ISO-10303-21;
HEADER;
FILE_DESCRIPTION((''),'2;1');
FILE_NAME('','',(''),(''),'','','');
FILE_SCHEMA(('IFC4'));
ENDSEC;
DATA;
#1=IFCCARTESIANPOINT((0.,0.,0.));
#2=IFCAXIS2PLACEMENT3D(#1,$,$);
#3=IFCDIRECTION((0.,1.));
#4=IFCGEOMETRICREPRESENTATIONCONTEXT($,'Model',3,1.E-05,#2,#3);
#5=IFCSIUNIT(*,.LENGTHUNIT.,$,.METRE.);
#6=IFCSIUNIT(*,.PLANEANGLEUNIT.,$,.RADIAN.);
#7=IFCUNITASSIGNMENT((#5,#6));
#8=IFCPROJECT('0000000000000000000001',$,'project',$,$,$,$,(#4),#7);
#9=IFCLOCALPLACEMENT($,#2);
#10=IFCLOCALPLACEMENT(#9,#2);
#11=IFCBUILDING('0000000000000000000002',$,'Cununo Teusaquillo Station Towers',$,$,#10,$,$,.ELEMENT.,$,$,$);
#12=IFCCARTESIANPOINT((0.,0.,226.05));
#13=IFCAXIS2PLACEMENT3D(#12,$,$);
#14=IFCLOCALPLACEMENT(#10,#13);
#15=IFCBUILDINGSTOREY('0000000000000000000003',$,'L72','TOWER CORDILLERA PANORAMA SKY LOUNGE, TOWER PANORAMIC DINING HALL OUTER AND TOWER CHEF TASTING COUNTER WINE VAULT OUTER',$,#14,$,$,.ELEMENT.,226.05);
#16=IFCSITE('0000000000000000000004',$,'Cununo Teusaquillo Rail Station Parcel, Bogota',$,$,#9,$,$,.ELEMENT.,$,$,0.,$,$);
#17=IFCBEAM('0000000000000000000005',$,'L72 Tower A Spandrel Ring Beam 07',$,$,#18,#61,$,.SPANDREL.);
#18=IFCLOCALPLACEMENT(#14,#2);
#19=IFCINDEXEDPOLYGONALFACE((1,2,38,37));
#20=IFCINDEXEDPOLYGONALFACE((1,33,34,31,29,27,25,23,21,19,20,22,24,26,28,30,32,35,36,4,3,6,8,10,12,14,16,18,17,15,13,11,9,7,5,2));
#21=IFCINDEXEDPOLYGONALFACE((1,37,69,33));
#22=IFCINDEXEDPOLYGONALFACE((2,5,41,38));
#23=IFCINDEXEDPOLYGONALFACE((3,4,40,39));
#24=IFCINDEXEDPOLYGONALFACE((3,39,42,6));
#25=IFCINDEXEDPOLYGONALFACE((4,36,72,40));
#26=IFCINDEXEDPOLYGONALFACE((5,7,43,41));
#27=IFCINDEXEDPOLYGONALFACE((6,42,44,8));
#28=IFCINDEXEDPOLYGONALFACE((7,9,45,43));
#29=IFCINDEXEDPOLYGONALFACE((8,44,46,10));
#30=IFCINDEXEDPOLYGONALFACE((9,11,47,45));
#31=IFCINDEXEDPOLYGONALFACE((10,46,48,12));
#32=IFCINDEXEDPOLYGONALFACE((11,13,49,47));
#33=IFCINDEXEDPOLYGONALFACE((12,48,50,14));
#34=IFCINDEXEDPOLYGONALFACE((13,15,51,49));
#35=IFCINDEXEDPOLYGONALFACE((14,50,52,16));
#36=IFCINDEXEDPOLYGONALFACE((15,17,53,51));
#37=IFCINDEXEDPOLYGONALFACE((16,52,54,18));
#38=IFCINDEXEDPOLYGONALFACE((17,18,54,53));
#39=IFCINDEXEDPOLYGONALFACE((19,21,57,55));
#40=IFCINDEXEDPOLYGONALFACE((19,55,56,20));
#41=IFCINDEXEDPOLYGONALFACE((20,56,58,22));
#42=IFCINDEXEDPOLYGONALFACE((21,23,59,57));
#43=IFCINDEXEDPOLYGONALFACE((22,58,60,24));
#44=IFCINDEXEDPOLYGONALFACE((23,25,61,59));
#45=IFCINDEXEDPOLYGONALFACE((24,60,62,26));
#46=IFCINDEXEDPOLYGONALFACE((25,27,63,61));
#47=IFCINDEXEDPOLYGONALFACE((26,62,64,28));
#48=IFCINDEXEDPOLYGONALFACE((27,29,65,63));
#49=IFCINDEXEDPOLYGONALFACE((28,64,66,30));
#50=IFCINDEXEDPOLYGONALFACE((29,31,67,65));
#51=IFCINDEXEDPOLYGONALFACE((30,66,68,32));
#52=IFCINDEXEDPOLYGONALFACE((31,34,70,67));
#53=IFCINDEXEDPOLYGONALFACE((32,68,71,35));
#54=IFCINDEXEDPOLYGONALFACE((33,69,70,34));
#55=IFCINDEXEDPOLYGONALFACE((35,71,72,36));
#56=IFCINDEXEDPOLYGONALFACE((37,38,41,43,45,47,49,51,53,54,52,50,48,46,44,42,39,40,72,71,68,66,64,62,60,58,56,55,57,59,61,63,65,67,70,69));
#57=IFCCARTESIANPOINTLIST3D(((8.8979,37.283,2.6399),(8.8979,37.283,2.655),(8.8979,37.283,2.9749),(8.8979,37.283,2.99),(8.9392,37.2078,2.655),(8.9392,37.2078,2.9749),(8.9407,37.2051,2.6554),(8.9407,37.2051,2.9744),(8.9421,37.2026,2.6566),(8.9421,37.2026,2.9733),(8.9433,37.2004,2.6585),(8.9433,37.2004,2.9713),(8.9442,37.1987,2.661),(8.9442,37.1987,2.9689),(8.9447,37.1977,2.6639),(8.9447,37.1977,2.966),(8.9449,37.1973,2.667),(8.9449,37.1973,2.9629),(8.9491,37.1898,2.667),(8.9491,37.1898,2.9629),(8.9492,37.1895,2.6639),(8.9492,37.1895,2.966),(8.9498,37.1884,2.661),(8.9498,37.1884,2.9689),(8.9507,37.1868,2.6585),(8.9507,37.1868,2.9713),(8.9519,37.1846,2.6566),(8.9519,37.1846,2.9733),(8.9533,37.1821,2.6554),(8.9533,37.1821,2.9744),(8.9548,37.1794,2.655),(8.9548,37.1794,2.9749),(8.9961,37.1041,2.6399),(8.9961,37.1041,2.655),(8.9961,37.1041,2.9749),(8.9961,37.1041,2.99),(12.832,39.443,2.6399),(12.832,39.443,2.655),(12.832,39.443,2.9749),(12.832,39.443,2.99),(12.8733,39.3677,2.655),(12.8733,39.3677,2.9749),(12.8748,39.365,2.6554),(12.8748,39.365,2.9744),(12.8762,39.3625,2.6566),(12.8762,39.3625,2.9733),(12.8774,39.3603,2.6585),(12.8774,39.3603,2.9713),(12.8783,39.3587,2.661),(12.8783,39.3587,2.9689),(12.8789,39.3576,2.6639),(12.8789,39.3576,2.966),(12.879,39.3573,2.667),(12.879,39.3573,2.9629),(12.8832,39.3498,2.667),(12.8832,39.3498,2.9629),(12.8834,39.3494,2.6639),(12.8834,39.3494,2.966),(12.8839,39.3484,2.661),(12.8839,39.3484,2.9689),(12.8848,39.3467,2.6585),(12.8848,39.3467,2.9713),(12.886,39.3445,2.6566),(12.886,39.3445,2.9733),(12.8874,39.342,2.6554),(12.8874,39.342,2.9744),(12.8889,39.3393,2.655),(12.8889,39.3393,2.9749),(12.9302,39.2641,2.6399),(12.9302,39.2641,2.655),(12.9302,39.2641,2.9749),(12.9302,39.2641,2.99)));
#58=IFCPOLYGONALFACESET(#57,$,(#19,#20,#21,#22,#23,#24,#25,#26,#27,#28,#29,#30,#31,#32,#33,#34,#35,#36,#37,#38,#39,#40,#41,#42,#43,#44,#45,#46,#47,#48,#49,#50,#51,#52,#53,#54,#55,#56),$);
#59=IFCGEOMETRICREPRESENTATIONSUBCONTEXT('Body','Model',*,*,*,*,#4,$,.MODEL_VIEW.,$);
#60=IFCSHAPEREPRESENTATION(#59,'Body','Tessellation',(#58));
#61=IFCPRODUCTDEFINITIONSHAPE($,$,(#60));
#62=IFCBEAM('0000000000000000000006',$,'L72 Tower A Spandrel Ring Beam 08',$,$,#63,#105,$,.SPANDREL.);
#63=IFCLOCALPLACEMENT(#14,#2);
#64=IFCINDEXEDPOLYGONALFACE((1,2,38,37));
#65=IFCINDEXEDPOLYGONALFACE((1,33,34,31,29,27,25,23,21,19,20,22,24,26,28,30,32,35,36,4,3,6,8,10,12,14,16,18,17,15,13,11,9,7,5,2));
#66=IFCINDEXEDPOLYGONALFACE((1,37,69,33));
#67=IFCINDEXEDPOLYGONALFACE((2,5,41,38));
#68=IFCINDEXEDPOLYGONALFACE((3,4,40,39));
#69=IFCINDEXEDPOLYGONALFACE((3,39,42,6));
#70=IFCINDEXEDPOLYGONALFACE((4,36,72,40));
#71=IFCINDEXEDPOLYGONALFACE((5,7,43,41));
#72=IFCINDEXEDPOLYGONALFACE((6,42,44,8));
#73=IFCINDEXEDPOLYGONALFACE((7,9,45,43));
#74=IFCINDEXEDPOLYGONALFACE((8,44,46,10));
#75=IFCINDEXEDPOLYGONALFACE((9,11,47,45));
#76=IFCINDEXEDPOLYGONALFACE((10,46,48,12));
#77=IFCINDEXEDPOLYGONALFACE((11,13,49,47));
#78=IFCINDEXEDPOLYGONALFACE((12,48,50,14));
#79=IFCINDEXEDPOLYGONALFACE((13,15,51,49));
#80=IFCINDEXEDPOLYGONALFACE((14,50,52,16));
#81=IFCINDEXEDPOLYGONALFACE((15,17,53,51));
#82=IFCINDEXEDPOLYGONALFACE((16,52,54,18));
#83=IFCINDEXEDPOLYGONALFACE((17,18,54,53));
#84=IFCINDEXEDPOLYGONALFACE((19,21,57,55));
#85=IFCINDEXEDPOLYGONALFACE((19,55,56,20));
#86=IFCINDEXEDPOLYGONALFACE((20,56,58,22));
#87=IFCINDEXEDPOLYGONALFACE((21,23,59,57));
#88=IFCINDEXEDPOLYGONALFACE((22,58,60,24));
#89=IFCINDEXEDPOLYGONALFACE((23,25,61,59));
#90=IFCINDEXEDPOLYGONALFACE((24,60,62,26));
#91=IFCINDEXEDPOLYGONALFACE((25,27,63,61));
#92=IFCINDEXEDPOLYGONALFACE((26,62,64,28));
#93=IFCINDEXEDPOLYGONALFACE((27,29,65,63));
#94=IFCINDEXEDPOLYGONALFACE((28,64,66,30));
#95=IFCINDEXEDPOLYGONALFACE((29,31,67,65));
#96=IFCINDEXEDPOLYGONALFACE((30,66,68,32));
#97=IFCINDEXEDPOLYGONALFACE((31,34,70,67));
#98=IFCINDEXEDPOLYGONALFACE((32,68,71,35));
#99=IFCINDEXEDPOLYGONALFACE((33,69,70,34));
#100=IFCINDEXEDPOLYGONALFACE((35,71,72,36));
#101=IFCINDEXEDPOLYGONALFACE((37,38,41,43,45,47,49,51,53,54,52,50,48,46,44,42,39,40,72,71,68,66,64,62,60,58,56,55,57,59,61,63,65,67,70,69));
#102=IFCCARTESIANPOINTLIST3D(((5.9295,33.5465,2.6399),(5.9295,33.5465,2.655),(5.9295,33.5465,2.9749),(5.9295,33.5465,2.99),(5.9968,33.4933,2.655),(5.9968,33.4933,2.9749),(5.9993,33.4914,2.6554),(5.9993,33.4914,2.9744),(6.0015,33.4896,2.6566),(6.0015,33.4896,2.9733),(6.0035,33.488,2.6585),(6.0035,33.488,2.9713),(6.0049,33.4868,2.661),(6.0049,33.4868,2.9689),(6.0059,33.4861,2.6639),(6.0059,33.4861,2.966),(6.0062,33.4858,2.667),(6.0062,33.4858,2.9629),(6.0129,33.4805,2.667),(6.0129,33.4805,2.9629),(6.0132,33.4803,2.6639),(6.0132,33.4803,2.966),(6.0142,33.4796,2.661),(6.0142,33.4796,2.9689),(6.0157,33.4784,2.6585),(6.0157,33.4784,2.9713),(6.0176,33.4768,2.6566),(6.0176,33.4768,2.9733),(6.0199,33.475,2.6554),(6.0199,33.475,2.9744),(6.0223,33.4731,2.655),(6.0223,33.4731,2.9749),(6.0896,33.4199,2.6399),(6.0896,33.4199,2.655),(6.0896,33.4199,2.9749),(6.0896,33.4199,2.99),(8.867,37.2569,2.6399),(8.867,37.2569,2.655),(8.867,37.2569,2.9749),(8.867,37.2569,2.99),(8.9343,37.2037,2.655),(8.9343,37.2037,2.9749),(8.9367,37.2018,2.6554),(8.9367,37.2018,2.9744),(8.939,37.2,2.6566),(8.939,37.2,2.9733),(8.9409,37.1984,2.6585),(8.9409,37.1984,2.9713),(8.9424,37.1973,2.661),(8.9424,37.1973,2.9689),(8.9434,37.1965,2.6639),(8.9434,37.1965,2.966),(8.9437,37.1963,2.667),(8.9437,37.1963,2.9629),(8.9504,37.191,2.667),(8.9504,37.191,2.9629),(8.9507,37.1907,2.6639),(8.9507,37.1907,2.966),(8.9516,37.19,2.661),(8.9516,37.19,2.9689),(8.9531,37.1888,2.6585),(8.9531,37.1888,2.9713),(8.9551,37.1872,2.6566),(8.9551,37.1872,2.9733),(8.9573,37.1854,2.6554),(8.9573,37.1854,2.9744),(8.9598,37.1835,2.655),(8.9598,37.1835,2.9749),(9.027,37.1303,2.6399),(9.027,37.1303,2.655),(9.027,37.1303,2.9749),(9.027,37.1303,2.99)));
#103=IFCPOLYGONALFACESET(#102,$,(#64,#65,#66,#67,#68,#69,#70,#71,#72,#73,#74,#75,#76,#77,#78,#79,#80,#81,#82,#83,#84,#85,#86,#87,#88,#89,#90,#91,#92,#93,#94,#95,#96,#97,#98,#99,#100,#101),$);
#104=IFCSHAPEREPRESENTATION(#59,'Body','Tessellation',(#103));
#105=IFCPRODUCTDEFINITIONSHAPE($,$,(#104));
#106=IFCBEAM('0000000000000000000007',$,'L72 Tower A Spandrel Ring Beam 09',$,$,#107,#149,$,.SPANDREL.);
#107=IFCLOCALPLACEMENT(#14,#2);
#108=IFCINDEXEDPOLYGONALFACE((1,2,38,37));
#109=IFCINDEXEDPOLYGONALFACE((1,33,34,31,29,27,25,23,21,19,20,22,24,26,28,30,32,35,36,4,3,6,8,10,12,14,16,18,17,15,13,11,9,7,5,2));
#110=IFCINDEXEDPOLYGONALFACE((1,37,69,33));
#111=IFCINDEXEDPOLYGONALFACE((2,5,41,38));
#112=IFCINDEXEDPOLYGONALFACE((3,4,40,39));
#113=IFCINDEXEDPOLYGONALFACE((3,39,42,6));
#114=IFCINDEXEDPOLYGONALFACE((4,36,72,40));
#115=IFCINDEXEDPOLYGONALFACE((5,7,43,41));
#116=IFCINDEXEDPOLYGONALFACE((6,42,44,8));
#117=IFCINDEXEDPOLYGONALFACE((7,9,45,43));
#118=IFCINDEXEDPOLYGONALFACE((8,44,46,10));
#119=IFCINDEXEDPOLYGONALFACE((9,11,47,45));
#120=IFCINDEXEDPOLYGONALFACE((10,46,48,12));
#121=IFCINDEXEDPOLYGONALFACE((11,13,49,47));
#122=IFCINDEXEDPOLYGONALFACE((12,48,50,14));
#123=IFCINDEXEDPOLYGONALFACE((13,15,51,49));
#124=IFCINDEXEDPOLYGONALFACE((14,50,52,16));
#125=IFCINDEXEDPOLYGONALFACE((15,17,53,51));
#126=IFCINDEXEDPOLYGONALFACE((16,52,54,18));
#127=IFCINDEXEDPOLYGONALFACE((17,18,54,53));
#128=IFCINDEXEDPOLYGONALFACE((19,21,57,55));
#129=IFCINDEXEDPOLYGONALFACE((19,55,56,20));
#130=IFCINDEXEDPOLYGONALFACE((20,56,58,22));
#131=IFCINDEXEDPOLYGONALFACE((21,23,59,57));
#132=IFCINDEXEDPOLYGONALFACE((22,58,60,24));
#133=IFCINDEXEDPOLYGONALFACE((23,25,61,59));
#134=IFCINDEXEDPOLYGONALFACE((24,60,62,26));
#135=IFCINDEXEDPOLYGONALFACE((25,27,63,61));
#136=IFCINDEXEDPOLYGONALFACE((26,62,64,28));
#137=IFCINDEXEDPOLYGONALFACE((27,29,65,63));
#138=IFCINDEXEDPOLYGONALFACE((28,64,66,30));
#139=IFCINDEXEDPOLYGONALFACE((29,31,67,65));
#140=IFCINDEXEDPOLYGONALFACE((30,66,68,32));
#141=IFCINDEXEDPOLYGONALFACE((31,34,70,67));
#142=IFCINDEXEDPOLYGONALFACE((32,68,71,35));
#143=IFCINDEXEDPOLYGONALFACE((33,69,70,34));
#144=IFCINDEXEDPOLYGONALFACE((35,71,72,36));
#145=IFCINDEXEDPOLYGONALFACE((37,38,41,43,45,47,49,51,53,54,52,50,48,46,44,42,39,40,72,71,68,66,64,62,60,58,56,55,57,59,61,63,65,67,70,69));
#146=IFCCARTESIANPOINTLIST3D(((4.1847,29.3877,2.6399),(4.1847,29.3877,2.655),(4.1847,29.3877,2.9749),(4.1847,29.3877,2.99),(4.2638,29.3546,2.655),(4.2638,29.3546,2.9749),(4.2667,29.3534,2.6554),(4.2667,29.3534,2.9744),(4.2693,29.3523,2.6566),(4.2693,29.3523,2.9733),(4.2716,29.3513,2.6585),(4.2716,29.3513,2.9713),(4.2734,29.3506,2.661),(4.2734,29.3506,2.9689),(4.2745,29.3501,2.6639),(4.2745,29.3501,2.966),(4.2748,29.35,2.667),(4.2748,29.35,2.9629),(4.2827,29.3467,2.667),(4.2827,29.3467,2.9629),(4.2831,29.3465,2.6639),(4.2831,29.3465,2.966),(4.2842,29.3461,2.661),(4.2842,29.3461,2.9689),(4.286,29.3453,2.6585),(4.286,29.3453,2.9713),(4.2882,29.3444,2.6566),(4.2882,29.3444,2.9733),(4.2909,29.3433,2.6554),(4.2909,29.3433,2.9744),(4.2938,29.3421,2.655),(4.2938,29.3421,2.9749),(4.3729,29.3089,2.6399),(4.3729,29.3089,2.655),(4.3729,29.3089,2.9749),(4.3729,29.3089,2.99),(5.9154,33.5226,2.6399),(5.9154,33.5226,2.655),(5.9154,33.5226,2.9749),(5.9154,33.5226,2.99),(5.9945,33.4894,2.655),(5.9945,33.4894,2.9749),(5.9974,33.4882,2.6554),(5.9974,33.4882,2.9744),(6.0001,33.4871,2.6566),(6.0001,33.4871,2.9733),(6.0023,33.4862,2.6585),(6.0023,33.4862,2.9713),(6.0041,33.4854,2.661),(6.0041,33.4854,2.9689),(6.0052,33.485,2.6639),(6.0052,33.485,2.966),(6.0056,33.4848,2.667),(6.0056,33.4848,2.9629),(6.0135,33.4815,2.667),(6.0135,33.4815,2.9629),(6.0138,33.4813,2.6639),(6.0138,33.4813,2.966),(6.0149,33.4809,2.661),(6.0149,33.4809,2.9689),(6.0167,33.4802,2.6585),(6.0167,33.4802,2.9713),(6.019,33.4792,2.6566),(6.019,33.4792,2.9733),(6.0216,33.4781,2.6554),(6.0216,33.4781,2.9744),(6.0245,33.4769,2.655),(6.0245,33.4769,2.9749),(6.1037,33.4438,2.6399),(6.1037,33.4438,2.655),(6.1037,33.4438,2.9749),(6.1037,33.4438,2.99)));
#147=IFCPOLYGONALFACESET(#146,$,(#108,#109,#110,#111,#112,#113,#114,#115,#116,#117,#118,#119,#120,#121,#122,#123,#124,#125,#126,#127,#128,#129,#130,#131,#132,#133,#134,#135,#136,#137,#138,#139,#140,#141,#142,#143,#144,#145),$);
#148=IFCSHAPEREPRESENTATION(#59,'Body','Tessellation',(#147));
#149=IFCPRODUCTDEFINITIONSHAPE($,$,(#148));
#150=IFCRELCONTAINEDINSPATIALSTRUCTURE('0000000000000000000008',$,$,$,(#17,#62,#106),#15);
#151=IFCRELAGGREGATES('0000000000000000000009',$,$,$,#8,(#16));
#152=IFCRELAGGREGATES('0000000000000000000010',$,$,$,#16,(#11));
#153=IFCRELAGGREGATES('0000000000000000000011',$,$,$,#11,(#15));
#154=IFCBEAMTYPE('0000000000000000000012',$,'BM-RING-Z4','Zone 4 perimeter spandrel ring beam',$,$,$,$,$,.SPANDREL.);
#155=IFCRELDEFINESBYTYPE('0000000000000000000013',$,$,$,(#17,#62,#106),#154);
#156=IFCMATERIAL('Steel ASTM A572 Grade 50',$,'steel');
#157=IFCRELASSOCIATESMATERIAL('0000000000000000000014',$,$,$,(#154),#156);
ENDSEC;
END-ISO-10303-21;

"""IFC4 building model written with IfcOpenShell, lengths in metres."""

from ifc_helpers import new_model, si_unit, direction, frame, origin, origin_2d, place, context, subcontext, project, spatial, i_section, extrude, material, material_profile, profile_set, type_object, element, save


model = new_model("IFC4")

# Units and contexts
model_context = context("Model", 3, precision=1e-05, world=origin(), true_north=direction((0.0, 1.0)))
body_context = subcontext(model_context, "Body", "Model", "MODEL_VIEW")
ifc_project = project(units=[si_unit("LENGTHUNIT", "METRE"), si_unit("PLANEANGLEUNIT", "RADIAN")], contexts=[model_context])

# Site, building, storey
site_placement = place(None, origin())
site = spatial("IfcSite", under=ifc_project, at=site_placement, Name="Cununo Teusaquillo Rail Station Parcel, Bogota", CompositionType="ELEMENT", RefElevation=0.0)
building_placement = place(site_placement, origin())
building = spatial("IfcBuilding", under=site, at=building_placement, Name="Cununo Teusaquillo Station Towers", CompositionType="ELEMENT")
storey_placement = place(building_placement, frame((0.0, 0.0, 226.05)))
storey = spatial("IfcBuildingStorey", under=building, at=storey_placement, Name="L72", Description="TOWER CORDILLERA PANORAMA SKY LOUNGE, TOWER PANORAMIC DINING HALL OUTER AND TOWER CHEF TASTING COUNTER WINE VAULT OUTER", CompositionType="ELEMENT", Elevation=226.05)

# Beams
ifc_material_1 = material(Name="Steel ASTM A572 Grade 50", Category="steel")
ifc_material_profile_1 = material_profile(ifc_material_1, i_section(OverallWidth=0.2041, OverallDepth=0.3501, WebThickness=0.0085, FlangeThickness=0.0151, FilletRadius=0.012, at=origin_2d()), Name="W14X48")
ifc_profile_set_1 = profile_set([ifc_material_profile_1], Name="Steel ASTM A572 Grade 50")
beam_type_1 = type_object("IfcBeamType", Name="BM-RING-Z4", Description="Zone 4 perimeter spandrel ring beam", PredefinedType="SPANDREL", material=ifc_profile_set_1)
beam_1_placement = place(storey_placement, frame((12.8811, 39.3535, 2.8149), z_axis=(-0.876576, -0.481263, 0.0), x_axis=(0.481263, -0.876576, 0.0)))
element("IfcBeam", 1, at=beam_1_placement, inside=storey, type_object=beam_type_1, Name="L72 Tower A Spandrel Ring Beam 07", PredefinedType="SPANDREL", context=body_context, shape_type="SweptSolid", body=[
    extrude(i_section(OverallWidth=0.2041, OverallDepth=0.3501, WebThickness=0.0085, FlangeThickness=0.0151, FilletRadius=0.012, at=origin_2d()), origin(), (0.0, 0.0, 1.0), 4.488),
])
beam_2_placement = place(storey_placement, frame((8.947, 37.1936, 2.8149), z_axis=(-0.620711, -0.78404, 0.0), x_axis=(0.78404, -0.620711, 0.0)))
element("IfcBeam", 2, at=beam_2_placement, inside=storey, type_object=beam_type_1, Name="L72 Tower A Spandrel Ring Beam 08", PredefinedType="SPANDREL", context=body_context, shape_type="SweptSolid", body=[
    extrude(i_section(OverallWidth=0.2041, OverallDepth=0.3501, WebThickness=0.0085, FlangeThickness=0.0151, FilletRadius=0.012, at=origin_2d()), origin(), (0.0, 0.0, 1.0), 4.7324),
])
beam_3_placement = place(storey_placement, frame((6.0095, 33.4832, 2.8149), z_axis=(-0.386115, -0.92245, 0.0), x_axis=(0.92245, -0.386115, 0.0)))
element("IfcBeam", 3, at=beam_3_placement, inside=storey, type_object=beam_type_1, Name="L72 Tower A Spandrel Ring Beam 09", PredefinedType="SPANDREL", context=body_context, shape_type="SweptSolid", body=[
    extrude(i_section(OverallWidth=0.2041, OverallDepth=0.3501, WebThickness=0.0085, FlangeThickness=0.0151, FilletRadius=0.012, at=origin_2d()), origin(), (0.0, 0.0, 1.0), 4.4824),
])

save(model, "model.ifc")
